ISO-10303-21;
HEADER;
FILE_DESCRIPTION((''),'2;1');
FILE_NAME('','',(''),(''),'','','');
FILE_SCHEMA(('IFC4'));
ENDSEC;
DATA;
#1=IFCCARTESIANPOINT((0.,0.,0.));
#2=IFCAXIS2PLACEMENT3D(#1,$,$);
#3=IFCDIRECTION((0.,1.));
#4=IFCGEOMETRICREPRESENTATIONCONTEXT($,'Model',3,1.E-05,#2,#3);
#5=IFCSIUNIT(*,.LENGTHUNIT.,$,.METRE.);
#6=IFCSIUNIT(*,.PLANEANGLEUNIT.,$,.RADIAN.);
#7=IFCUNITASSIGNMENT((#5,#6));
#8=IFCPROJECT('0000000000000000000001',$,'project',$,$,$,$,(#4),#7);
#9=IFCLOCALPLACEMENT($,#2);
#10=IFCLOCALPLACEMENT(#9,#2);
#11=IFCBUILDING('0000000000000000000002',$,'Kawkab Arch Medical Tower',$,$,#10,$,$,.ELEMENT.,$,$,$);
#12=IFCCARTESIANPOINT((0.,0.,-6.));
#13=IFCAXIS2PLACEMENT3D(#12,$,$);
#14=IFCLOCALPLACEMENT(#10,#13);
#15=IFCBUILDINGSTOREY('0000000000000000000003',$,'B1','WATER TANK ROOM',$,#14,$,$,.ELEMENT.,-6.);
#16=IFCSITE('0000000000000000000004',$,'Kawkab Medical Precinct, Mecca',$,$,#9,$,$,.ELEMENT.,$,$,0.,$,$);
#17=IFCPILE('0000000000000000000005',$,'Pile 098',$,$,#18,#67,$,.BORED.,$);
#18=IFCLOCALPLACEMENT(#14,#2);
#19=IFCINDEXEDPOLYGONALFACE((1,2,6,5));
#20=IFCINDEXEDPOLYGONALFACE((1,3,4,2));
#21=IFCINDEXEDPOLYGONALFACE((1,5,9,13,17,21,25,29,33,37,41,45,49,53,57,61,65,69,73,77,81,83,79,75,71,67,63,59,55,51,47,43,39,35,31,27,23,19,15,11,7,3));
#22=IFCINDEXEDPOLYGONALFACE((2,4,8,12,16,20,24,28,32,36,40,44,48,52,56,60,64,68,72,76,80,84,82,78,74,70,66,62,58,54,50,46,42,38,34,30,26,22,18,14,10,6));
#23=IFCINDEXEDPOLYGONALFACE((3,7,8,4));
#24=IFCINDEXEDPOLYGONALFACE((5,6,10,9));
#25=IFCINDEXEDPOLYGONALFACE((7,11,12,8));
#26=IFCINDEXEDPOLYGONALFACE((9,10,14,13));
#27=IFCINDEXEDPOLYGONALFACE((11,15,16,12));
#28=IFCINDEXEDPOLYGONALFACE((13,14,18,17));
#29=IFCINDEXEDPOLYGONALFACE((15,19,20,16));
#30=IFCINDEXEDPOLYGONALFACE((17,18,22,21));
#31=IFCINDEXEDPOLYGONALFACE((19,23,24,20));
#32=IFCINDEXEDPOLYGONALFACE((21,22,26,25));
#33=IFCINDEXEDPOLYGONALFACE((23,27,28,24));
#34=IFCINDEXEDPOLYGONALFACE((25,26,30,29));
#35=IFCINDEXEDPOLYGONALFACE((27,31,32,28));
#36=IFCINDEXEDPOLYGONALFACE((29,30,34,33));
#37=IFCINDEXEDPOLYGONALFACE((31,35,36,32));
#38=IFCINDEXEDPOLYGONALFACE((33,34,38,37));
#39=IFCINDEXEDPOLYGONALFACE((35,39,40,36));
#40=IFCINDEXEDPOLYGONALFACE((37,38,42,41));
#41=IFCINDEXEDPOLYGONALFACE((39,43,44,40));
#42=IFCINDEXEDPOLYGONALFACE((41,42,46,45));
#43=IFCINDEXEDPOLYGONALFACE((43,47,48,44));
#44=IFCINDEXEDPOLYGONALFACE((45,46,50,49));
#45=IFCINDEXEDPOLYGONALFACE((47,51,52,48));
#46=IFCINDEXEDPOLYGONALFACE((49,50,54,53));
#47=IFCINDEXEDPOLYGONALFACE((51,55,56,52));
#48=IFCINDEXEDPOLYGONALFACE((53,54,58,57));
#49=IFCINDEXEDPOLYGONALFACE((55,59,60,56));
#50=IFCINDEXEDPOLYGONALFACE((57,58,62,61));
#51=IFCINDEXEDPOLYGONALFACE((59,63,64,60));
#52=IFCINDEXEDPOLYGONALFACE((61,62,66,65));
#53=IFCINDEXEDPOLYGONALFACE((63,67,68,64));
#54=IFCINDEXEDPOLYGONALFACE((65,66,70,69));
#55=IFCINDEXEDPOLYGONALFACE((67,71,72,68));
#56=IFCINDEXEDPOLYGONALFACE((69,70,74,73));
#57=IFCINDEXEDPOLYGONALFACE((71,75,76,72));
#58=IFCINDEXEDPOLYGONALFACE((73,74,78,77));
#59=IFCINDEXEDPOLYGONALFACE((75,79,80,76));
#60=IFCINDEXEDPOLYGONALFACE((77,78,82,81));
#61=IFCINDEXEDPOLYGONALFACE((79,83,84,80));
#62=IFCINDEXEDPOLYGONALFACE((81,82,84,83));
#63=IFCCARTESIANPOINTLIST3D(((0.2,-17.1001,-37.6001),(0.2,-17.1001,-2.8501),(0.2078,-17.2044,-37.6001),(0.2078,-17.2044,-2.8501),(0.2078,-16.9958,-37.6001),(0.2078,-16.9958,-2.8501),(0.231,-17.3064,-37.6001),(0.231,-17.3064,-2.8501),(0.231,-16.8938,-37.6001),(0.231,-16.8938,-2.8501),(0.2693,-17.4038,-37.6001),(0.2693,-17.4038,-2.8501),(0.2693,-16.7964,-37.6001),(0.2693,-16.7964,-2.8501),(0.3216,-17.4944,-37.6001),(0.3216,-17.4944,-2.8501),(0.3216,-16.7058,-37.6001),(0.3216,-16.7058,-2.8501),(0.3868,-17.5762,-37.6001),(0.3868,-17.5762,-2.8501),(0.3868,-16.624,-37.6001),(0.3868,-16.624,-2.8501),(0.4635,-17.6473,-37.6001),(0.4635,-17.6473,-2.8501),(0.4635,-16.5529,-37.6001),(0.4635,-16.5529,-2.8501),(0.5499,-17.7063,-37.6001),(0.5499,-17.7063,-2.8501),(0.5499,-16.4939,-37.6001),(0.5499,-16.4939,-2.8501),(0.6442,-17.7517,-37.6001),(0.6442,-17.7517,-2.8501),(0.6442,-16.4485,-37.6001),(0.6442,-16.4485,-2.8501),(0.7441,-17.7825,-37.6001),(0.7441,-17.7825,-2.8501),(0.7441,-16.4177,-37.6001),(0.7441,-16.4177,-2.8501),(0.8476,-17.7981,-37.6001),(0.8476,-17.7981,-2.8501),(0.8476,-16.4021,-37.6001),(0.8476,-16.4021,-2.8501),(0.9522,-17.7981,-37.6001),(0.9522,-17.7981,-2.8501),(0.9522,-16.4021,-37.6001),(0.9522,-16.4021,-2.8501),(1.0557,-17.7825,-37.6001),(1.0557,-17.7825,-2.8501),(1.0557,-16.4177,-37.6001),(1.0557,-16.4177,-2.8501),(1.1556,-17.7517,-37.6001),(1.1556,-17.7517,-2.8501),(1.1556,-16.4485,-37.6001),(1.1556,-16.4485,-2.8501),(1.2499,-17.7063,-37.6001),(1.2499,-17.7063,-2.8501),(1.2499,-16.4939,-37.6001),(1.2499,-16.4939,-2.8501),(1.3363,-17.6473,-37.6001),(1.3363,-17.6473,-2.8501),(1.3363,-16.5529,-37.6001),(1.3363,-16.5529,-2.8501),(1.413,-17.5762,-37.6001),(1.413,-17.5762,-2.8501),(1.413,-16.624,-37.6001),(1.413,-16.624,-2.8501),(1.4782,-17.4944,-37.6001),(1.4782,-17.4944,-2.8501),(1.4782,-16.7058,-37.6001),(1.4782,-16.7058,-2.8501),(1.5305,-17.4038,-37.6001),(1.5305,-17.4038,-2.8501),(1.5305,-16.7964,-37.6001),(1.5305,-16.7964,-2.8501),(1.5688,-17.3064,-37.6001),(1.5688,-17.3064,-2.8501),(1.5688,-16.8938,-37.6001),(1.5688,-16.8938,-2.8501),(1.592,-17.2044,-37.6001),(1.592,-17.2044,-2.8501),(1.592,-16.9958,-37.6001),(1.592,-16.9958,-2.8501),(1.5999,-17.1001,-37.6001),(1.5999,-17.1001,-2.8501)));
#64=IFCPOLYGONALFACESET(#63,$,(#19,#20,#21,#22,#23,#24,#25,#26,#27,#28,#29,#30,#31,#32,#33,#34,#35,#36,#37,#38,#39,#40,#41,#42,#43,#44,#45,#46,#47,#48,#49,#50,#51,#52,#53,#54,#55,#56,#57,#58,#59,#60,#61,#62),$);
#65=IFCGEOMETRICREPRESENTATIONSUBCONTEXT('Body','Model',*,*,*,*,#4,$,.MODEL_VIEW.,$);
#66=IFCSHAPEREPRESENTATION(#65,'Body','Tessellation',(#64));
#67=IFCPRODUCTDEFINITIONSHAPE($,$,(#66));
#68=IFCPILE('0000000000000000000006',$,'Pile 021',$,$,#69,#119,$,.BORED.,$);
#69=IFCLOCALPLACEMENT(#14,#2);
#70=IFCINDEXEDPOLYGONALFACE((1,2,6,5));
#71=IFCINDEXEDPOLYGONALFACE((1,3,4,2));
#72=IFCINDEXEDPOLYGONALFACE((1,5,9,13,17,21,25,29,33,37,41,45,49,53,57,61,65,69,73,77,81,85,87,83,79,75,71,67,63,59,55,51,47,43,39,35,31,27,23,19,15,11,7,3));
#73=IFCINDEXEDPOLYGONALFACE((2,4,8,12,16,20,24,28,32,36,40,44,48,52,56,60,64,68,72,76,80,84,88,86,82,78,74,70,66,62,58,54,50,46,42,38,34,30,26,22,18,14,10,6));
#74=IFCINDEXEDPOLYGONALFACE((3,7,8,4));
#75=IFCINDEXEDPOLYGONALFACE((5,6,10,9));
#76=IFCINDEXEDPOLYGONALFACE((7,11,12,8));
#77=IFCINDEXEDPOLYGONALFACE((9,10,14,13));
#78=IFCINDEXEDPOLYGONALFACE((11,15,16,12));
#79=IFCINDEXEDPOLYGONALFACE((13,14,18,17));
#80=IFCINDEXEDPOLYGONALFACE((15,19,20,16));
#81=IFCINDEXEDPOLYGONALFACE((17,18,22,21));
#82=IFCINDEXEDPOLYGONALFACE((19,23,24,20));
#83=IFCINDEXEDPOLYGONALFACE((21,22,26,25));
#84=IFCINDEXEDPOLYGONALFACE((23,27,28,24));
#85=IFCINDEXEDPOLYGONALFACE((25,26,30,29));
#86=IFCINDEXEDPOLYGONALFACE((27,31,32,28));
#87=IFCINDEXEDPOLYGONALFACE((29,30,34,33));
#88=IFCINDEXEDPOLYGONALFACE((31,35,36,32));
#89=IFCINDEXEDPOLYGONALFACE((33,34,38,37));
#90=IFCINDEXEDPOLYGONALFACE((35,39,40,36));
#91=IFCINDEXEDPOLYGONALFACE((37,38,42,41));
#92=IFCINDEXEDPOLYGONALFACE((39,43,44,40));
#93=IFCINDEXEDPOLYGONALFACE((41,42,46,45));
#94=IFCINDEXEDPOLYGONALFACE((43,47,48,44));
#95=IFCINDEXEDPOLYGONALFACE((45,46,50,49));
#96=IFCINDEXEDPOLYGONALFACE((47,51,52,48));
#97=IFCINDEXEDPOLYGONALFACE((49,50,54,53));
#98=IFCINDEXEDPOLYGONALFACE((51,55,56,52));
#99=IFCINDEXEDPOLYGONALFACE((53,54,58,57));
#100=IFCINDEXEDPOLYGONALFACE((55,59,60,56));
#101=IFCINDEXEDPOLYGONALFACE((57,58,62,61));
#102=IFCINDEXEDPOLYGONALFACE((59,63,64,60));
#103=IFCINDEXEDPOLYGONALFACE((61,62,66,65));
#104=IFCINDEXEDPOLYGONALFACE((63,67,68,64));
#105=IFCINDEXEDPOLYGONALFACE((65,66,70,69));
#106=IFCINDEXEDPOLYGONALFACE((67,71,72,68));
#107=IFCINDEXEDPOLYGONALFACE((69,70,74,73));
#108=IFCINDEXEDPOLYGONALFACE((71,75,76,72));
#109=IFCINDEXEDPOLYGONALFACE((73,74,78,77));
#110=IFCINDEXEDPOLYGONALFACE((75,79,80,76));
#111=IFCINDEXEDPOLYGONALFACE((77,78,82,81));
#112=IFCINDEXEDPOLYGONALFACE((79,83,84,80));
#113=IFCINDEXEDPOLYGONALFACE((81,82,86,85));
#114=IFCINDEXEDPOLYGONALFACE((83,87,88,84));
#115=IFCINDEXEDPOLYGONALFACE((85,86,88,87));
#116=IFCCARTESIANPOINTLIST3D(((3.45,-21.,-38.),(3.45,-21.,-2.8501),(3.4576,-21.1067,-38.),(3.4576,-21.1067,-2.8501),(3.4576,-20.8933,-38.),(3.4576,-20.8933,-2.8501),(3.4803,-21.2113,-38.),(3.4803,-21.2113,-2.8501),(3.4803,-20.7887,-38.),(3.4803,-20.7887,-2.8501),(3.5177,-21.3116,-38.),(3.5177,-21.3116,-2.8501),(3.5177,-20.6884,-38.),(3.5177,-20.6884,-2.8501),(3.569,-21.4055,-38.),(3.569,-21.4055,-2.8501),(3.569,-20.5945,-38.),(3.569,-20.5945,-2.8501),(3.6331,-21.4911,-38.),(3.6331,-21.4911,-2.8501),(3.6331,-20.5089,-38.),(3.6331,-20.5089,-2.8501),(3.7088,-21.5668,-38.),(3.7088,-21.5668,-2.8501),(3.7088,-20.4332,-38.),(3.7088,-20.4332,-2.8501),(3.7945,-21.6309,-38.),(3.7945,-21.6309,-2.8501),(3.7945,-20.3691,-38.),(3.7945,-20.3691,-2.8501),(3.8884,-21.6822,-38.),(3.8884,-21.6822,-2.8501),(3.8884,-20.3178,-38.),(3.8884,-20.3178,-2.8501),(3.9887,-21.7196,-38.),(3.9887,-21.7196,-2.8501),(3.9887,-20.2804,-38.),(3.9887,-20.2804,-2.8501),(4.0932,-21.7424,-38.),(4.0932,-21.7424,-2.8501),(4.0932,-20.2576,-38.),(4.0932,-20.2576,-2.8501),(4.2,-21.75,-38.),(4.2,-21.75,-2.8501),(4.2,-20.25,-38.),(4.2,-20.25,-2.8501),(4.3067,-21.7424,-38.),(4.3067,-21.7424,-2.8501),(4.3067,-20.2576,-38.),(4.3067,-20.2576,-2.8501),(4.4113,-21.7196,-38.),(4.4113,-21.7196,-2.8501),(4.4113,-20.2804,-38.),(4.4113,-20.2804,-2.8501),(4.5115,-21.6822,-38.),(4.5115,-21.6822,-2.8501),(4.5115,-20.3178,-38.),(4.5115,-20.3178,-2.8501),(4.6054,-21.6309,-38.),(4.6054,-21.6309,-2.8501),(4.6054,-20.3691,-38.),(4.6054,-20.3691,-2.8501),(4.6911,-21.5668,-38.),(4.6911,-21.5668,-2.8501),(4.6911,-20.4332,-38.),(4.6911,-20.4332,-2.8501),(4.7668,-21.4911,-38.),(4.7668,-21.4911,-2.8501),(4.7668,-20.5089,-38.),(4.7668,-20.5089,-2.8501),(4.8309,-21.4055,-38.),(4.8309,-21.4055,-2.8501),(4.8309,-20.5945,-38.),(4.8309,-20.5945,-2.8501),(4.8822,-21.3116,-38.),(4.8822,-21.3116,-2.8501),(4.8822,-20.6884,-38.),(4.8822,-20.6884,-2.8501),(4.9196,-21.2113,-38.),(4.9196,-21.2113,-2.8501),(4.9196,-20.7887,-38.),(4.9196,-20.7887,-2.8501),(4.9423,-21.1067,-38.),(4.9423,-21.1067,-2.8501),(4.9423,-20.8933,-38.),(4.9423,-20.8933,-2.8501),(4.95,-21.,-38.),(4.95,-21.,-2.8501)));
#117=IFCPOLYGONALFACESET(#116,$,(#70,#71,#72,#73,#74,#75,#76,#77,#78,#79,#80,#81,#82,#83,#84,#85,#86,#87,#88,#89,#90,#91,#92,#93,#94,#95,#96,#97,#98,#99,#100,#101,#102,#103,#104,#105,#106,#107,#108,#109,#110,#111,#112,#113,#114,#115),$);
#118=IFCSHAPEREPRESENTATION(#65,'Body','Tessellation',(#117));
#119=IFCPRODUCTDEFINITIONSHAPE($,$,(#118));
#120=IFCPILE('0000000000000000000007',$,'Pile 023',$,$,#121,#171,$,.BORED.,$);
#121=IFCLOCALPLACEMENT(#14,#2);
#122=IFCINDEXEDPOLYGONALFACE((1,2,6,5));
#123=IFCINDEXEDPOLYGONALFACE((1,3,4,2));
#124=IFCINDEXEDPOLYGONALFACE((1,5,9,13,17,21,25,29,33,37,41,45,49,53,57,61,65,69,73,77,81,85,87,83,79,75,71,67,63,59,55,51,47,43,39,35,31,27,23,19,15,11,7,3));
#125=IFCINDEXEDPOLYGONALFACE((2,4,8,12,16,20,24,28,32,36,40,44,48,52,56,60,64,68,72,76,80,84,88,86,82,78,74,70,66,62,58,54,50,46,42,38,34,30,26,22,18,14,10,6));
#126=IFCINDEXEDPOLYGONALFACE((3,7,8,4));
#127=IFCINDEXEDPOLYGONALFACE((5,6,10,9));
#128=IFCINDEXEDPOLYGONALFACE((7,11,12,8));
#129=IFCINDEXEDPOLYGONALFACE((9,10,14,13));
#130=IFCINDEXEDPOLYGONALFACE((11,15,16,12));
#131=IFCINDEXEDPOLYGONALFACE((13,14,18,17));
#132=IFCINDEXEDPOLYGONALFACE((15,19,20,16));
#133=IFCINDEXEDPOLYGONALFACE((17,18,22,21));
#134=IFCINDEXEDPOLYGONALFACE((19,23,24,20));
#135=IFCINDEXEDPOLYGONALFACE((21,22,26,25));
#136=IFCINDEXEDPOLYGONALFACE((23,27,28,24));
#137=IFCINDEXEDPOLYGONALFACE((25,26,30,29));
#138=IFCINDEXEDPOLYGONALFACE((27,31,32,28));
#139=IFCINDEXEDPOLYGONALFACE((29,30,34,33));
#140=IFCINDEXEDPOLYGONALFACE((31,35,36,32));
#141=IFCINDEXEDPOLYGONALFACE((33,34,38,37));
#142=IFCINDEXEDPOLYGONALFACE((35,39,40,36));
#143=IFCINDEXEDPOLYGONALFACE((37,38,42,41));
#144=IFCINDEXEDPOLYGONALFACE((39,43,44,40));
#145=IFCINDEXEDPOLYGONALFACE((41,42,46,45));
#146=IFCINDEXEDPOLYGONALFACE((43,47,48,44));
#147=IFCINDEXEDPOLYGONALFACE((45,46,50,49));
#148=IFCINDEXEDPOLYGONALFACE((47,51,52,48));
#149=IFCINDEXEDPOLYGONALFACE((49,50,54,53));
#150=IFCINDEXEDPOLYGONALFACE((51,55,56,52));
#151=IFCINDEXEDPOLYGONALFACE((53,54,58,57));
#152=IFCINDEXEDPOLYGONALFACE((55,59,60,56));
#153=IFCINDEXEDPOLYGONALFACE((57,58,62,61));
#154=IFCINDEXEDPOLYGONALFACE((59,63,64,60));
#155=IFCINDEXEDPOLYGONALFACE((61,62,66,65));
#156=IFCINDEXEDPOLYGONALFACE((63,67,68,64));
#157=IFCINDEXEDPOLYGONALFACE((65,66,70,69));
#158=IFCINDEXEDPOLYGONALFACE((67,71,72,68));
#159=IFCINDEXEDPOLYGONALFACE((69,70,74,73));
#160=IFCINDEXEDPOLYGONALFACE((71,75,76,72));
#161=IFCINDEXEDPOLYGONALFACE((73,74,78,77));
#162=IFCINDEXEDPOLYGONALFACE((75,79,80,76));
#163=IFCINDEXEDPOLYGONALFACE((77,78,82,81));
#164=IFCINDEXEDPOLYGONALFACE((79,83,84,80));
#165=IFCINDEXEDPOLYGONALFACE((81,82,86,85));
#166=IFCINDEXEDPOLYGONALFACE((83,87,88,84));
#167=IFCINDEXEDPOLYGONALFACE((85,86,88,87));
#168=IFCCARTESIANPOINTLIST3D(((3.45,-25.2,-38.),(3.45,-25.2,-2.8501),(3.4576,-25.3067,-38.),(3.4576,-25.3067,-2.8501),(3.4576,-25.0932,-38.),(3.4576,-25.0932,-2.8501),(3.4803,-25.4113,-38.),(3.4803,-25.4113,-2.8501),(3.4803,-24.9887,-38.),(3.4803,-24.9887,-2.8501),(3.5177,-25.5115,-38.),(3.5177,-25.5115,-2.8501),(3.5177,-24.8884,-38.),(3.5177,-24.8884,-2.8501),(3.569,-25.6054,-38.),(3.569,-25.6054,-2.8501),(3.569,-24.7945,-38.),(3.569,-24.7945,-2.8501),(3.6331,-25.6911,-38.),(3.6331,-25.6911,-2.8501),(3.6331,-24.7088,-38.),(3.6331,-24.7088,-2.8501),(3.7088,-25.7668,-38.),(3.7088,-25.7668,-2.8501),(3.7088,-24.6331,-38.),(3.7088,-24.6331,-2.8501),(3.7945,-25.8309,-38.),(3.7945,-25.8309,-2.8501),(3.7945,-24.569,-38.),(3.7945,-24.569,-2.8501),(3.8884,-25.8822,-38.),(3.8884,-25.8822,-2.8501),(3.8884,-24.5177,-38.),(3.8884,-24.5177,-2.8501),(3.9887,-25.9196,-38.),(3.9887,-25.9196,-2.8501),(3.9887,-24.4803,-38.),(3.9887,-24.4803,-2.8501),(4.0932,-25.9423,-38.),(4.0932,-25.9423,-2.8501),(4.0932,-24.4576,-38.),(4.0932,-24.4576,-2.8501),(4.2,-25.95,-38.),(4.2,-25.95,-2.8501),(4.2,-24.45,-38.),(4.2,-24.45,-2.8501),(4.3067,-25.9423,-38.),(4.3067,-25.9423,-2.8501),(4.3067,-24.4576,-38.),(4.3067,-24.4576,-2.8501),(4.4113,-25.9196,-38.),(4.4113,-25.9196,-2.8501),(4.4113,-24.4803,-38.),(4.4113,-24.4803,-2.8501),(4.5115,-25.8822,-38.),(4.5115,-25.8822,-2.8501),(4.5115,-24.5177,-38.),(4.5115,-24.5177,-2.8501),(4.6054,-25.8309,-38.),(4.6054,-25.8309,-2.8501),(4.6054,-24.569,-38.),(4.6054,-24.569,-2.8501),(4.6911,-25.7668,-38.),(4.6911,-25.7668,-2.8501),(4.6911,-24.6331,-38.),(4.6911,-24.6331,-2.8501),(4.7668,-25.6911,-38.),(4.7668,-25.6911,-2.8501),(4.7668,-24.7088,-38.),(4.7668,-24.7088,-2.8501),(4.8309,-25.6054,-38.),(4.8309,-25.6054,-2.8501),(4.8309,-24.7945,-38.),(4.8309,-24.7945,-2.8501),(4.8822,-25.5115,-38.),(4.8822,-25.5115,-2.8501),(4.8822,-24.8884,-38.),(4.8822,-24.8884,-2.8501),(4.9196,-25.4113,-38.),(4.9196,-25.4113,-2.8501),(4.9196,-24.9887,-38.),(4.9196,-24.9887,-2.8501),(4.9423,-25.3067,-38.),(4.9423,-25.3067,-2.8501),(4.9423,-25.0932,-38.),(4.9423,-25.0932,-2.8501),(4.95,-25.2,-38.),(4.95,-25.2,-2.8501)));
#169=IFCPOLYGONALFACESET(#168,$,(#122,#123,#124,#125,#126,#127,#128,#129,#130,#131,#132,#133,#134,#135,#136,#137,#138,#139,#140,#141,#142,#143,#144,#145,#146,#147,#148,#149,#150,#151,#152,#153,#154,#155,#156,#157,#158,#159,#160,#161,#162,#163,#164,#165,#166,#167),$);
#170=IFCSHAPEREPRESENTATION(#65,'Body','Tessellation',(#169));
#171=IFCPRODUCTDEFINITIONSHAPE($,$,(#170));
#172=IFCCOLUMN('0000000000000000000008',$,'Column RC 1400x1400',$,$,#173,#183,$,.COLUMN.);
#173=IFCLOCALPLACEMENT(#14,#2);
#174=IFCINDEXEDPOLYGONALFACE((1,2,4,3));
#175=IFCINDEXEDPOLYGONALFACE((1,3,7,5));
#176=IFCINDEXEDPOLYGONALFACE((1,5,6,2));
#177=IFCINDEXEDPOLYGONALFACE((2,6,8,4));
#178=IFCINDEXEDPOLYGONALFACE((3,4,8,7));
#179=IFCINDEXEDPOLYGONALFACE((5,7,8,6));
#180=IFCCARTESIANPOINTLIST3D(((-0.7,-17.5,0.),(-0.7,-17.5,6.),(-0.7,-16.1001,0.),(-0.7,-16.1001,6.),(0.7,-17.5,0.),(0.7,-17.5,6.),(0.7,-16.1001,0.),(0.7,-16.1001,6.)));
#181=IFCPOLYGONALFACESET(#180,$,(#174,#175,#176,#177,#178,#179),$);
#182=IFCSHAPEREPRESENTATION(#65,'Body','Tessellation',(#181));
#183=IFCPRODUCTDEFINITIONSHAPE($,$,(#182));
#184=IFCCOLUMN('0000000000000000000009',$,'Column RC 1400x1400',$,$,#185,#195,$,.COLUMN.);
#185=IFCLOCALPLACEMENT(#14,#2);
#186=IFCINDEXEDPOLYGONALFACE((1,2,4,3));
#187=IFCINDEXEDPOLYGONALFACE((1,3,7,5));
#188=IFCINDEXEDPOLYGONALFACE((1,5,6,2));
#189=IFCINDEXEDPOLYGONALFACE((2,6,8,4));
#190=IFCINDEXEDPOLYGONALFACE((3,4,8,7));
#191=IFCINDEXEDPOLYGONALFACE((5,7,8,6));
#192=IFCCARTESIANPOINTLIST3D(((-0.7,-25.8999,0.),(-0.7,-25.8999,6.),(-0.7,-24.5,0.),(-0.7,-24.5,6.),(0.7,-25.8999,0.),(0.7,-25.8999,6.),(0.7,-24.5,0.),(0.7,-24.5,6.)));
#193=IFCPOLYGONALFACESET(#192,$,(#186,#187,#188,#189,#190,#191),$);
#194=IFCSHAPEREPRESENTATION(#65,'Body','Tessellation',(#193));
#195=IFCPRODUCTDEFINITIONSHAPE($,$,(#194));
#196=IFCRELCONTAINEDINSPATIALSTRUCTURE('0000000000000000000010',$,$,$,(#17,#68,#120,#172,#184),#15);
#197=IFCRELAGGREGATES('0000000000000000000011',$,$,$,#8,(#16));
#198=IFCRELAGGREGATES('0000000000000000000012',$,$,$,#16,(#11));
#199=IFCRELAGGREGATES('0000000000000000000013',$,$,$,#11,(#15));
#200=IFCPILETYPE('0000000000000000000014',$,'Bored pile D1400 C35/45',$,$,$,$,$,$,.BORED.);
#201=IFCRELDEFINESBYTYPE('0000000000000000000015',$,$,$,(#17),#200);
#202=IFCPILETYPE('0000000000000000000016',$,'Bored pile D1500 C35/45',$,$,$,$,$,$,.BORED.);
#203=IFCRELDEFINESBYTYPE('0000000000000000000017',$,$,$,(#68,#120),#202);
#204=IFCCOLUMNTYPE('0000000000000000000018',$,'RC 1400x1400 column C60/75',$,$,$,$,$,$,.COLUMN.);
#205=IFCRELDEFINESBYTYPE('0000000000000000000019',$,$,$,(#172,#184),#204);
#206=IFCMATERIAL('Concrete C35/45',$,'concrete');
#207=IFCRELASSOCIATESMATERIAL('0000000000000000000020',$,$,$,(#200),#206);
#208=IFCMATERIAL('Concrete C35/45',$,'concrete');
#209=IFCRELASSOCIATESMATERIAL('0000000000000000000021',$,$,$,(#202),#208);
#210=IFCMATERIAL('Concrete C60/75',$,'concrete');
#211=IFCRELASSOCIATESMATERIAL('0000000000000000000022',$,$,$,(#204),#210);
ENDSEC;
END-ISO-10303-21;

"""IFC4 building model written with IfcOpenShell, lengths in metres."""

from ifc_helpers import new_model, si_unit, direction, frame, origin, origin_2d, place, context, subcontext, project, spatial, rectangle, circle, extrude, material, material_profile, profile_set, type_object, element, save


model = new_model("IFC4")

# Units and contexts
model_context = context("Model", 3, precision=1e-05, world=origin(), true_north=direction((0.0, 1.0)))
body_context = subcontext(model_context, "Body", "Model", "MODEL_VIEW")
ifc_project = project(units=[si_unit("LENGTHUNIT", "METRE"), si_unit("PLANEANGLEUNIT", "RADIAN")], contexts=[model_context])

# Site, building, storey
site_placement = place(None, origin())
site = spatial("IfcSite", under=ifc_project, at=site_placement, Name="Kawkab Medical Precinct, Mecca", CompositionType="ELEMENT", RefElevation=0.0)
building_placement = place(site_placement, origin())
building = spatial("IfcBuilding", under=site, at=building_placement, Name="Kawkab Arch Medical Tower", CompositionType="ELEMENT")
storey_placement = place(building_placement, frame((0.0, 0.0, -6.0)))
storey = spatial("IfcBuildingStorey", under=building, at=storey_placement, Name="B1", Description="WATER TANK ROOM", CompositionType="ELEMENT", Elevation=-6.0)

# Piles
ifc_material_1 = material(Name="Concrete C35/45", Category="concrete")
ifc_material_profile_1 = material_profile(ifc_material_1, circle(Radius=0.7, at=origin_2d()), Name="Bored pile D1400")
ifc_profile_set_1 = profile_set([ifc_material_profile_1], Name="Concrete C35/45")
pile_type_1 = type_object("IfcPileType", Name="Bored pile D1400 C35/45", PredefinedType="BORED", material=ifc_profile_set_1)
pile_placement = place(storey_placement, frame((0.8999, -17.1001, -2.8501), z_axis=(0.0, 0.0, -1.0), x_axis=(1.0, 0.0, 0.0)))
element("IfcPile", 1, at=pile_placement, inside=storey, type_object=pile_type_1, Name="Pile 098", PredefinedType="BORED", context=body_context, shape_type="SweptSolid", body=[
    extrude(circle(Radius=0.7, at=origin_2d()), origin(), (0.0, 0.0, 1.0), 34.75),
])
ifc_material_2 = material(Name="Concrete C35/45", Category="concrete")
ifc_material_profile_2 = material_profile(ifc_material_2, circle(Radius=0.75, at=origin_2d()), Name="Bored pile D1500")
ifc_profile_set_2 = profile_set([ifc_material_profile_2], Name="Concrete C35/45")
pile_type_2 = type_object("IfcPileType", Name="Bored pile D1500 C35/45", PredefinedType="BORED", material=ifc_profile_set_2)
for number, where, z_axis, x_axis, name in (
    (2, (4.2, -21.0, -2.8501), (0.0, 0.0, -1.0), (1.0, 0.0, 0.0), "Pile 021"),
    (3, (4.2, -25.2, -2.8501), (0.0, 0.0, -1.0), (1.0, 0.0, 0.0), "Pile 023"),
):
    element("IfcPile", number, at=place(storey_placement, frame(where, z_axis=z_axis, x_axis=x_axis)), inside=storey, type_object=pile_type_2, Name=name, PredefinedType="BORED", context=body_context, shape_type="SweptSolid", body=[
        extrude(circle(Radius=0.75, at=origin_2d()), origin(), (0.0, 0.0, 1.0), 35.1499),
    ])

# Columns
ifc_material_3 = material(Name="Concrete C60/75", Category="concrete")
ifc_material_profile_3 = material_profile(ifc_material_3, rectangle(XDim=1.3999, YDim=1.3999, at=origin_2d()), Name="RC 1400x1400")
ifc_profile_set_3 = profile_set([ifc_material_profile_3], Name="Concrete C60/75")
column_type = type_object("IfcColumnType", Name="RC 1400x1400 column C60/75", PredefinedType="COLUMN", material=ifc_profile_set_3)
for number, where, z_axis, x_axis, name in (
    (4, (0.0, -16.8, 0.0), (0.0, 0.0, 1.0), (1.0, 0.0, 0.0), "Column RC 1400x1400"),
    (5, (0.0, -25.2, 0.0), (0.0, 0.0, 1.0), (1.0, 0.0, 0.0), "Column RC 1400x1400"),
):
    element("IfcColumn", number, at=place(storey_placement, frame(where, z_axis=z_axis, x_axis=x_axis)), inside=storey, type_object=column_type, Name=name, PredefinedType="COLUMN", context=body_context, shape_type="SweptSolid", body=[
        extrude(rectangle(XDim=1.3999, YDim=1.3999, at=origin_2d()), origin(), (0.0, 0.0, 1.0), 6.0),
    ])

save(model, "model.ifc")
